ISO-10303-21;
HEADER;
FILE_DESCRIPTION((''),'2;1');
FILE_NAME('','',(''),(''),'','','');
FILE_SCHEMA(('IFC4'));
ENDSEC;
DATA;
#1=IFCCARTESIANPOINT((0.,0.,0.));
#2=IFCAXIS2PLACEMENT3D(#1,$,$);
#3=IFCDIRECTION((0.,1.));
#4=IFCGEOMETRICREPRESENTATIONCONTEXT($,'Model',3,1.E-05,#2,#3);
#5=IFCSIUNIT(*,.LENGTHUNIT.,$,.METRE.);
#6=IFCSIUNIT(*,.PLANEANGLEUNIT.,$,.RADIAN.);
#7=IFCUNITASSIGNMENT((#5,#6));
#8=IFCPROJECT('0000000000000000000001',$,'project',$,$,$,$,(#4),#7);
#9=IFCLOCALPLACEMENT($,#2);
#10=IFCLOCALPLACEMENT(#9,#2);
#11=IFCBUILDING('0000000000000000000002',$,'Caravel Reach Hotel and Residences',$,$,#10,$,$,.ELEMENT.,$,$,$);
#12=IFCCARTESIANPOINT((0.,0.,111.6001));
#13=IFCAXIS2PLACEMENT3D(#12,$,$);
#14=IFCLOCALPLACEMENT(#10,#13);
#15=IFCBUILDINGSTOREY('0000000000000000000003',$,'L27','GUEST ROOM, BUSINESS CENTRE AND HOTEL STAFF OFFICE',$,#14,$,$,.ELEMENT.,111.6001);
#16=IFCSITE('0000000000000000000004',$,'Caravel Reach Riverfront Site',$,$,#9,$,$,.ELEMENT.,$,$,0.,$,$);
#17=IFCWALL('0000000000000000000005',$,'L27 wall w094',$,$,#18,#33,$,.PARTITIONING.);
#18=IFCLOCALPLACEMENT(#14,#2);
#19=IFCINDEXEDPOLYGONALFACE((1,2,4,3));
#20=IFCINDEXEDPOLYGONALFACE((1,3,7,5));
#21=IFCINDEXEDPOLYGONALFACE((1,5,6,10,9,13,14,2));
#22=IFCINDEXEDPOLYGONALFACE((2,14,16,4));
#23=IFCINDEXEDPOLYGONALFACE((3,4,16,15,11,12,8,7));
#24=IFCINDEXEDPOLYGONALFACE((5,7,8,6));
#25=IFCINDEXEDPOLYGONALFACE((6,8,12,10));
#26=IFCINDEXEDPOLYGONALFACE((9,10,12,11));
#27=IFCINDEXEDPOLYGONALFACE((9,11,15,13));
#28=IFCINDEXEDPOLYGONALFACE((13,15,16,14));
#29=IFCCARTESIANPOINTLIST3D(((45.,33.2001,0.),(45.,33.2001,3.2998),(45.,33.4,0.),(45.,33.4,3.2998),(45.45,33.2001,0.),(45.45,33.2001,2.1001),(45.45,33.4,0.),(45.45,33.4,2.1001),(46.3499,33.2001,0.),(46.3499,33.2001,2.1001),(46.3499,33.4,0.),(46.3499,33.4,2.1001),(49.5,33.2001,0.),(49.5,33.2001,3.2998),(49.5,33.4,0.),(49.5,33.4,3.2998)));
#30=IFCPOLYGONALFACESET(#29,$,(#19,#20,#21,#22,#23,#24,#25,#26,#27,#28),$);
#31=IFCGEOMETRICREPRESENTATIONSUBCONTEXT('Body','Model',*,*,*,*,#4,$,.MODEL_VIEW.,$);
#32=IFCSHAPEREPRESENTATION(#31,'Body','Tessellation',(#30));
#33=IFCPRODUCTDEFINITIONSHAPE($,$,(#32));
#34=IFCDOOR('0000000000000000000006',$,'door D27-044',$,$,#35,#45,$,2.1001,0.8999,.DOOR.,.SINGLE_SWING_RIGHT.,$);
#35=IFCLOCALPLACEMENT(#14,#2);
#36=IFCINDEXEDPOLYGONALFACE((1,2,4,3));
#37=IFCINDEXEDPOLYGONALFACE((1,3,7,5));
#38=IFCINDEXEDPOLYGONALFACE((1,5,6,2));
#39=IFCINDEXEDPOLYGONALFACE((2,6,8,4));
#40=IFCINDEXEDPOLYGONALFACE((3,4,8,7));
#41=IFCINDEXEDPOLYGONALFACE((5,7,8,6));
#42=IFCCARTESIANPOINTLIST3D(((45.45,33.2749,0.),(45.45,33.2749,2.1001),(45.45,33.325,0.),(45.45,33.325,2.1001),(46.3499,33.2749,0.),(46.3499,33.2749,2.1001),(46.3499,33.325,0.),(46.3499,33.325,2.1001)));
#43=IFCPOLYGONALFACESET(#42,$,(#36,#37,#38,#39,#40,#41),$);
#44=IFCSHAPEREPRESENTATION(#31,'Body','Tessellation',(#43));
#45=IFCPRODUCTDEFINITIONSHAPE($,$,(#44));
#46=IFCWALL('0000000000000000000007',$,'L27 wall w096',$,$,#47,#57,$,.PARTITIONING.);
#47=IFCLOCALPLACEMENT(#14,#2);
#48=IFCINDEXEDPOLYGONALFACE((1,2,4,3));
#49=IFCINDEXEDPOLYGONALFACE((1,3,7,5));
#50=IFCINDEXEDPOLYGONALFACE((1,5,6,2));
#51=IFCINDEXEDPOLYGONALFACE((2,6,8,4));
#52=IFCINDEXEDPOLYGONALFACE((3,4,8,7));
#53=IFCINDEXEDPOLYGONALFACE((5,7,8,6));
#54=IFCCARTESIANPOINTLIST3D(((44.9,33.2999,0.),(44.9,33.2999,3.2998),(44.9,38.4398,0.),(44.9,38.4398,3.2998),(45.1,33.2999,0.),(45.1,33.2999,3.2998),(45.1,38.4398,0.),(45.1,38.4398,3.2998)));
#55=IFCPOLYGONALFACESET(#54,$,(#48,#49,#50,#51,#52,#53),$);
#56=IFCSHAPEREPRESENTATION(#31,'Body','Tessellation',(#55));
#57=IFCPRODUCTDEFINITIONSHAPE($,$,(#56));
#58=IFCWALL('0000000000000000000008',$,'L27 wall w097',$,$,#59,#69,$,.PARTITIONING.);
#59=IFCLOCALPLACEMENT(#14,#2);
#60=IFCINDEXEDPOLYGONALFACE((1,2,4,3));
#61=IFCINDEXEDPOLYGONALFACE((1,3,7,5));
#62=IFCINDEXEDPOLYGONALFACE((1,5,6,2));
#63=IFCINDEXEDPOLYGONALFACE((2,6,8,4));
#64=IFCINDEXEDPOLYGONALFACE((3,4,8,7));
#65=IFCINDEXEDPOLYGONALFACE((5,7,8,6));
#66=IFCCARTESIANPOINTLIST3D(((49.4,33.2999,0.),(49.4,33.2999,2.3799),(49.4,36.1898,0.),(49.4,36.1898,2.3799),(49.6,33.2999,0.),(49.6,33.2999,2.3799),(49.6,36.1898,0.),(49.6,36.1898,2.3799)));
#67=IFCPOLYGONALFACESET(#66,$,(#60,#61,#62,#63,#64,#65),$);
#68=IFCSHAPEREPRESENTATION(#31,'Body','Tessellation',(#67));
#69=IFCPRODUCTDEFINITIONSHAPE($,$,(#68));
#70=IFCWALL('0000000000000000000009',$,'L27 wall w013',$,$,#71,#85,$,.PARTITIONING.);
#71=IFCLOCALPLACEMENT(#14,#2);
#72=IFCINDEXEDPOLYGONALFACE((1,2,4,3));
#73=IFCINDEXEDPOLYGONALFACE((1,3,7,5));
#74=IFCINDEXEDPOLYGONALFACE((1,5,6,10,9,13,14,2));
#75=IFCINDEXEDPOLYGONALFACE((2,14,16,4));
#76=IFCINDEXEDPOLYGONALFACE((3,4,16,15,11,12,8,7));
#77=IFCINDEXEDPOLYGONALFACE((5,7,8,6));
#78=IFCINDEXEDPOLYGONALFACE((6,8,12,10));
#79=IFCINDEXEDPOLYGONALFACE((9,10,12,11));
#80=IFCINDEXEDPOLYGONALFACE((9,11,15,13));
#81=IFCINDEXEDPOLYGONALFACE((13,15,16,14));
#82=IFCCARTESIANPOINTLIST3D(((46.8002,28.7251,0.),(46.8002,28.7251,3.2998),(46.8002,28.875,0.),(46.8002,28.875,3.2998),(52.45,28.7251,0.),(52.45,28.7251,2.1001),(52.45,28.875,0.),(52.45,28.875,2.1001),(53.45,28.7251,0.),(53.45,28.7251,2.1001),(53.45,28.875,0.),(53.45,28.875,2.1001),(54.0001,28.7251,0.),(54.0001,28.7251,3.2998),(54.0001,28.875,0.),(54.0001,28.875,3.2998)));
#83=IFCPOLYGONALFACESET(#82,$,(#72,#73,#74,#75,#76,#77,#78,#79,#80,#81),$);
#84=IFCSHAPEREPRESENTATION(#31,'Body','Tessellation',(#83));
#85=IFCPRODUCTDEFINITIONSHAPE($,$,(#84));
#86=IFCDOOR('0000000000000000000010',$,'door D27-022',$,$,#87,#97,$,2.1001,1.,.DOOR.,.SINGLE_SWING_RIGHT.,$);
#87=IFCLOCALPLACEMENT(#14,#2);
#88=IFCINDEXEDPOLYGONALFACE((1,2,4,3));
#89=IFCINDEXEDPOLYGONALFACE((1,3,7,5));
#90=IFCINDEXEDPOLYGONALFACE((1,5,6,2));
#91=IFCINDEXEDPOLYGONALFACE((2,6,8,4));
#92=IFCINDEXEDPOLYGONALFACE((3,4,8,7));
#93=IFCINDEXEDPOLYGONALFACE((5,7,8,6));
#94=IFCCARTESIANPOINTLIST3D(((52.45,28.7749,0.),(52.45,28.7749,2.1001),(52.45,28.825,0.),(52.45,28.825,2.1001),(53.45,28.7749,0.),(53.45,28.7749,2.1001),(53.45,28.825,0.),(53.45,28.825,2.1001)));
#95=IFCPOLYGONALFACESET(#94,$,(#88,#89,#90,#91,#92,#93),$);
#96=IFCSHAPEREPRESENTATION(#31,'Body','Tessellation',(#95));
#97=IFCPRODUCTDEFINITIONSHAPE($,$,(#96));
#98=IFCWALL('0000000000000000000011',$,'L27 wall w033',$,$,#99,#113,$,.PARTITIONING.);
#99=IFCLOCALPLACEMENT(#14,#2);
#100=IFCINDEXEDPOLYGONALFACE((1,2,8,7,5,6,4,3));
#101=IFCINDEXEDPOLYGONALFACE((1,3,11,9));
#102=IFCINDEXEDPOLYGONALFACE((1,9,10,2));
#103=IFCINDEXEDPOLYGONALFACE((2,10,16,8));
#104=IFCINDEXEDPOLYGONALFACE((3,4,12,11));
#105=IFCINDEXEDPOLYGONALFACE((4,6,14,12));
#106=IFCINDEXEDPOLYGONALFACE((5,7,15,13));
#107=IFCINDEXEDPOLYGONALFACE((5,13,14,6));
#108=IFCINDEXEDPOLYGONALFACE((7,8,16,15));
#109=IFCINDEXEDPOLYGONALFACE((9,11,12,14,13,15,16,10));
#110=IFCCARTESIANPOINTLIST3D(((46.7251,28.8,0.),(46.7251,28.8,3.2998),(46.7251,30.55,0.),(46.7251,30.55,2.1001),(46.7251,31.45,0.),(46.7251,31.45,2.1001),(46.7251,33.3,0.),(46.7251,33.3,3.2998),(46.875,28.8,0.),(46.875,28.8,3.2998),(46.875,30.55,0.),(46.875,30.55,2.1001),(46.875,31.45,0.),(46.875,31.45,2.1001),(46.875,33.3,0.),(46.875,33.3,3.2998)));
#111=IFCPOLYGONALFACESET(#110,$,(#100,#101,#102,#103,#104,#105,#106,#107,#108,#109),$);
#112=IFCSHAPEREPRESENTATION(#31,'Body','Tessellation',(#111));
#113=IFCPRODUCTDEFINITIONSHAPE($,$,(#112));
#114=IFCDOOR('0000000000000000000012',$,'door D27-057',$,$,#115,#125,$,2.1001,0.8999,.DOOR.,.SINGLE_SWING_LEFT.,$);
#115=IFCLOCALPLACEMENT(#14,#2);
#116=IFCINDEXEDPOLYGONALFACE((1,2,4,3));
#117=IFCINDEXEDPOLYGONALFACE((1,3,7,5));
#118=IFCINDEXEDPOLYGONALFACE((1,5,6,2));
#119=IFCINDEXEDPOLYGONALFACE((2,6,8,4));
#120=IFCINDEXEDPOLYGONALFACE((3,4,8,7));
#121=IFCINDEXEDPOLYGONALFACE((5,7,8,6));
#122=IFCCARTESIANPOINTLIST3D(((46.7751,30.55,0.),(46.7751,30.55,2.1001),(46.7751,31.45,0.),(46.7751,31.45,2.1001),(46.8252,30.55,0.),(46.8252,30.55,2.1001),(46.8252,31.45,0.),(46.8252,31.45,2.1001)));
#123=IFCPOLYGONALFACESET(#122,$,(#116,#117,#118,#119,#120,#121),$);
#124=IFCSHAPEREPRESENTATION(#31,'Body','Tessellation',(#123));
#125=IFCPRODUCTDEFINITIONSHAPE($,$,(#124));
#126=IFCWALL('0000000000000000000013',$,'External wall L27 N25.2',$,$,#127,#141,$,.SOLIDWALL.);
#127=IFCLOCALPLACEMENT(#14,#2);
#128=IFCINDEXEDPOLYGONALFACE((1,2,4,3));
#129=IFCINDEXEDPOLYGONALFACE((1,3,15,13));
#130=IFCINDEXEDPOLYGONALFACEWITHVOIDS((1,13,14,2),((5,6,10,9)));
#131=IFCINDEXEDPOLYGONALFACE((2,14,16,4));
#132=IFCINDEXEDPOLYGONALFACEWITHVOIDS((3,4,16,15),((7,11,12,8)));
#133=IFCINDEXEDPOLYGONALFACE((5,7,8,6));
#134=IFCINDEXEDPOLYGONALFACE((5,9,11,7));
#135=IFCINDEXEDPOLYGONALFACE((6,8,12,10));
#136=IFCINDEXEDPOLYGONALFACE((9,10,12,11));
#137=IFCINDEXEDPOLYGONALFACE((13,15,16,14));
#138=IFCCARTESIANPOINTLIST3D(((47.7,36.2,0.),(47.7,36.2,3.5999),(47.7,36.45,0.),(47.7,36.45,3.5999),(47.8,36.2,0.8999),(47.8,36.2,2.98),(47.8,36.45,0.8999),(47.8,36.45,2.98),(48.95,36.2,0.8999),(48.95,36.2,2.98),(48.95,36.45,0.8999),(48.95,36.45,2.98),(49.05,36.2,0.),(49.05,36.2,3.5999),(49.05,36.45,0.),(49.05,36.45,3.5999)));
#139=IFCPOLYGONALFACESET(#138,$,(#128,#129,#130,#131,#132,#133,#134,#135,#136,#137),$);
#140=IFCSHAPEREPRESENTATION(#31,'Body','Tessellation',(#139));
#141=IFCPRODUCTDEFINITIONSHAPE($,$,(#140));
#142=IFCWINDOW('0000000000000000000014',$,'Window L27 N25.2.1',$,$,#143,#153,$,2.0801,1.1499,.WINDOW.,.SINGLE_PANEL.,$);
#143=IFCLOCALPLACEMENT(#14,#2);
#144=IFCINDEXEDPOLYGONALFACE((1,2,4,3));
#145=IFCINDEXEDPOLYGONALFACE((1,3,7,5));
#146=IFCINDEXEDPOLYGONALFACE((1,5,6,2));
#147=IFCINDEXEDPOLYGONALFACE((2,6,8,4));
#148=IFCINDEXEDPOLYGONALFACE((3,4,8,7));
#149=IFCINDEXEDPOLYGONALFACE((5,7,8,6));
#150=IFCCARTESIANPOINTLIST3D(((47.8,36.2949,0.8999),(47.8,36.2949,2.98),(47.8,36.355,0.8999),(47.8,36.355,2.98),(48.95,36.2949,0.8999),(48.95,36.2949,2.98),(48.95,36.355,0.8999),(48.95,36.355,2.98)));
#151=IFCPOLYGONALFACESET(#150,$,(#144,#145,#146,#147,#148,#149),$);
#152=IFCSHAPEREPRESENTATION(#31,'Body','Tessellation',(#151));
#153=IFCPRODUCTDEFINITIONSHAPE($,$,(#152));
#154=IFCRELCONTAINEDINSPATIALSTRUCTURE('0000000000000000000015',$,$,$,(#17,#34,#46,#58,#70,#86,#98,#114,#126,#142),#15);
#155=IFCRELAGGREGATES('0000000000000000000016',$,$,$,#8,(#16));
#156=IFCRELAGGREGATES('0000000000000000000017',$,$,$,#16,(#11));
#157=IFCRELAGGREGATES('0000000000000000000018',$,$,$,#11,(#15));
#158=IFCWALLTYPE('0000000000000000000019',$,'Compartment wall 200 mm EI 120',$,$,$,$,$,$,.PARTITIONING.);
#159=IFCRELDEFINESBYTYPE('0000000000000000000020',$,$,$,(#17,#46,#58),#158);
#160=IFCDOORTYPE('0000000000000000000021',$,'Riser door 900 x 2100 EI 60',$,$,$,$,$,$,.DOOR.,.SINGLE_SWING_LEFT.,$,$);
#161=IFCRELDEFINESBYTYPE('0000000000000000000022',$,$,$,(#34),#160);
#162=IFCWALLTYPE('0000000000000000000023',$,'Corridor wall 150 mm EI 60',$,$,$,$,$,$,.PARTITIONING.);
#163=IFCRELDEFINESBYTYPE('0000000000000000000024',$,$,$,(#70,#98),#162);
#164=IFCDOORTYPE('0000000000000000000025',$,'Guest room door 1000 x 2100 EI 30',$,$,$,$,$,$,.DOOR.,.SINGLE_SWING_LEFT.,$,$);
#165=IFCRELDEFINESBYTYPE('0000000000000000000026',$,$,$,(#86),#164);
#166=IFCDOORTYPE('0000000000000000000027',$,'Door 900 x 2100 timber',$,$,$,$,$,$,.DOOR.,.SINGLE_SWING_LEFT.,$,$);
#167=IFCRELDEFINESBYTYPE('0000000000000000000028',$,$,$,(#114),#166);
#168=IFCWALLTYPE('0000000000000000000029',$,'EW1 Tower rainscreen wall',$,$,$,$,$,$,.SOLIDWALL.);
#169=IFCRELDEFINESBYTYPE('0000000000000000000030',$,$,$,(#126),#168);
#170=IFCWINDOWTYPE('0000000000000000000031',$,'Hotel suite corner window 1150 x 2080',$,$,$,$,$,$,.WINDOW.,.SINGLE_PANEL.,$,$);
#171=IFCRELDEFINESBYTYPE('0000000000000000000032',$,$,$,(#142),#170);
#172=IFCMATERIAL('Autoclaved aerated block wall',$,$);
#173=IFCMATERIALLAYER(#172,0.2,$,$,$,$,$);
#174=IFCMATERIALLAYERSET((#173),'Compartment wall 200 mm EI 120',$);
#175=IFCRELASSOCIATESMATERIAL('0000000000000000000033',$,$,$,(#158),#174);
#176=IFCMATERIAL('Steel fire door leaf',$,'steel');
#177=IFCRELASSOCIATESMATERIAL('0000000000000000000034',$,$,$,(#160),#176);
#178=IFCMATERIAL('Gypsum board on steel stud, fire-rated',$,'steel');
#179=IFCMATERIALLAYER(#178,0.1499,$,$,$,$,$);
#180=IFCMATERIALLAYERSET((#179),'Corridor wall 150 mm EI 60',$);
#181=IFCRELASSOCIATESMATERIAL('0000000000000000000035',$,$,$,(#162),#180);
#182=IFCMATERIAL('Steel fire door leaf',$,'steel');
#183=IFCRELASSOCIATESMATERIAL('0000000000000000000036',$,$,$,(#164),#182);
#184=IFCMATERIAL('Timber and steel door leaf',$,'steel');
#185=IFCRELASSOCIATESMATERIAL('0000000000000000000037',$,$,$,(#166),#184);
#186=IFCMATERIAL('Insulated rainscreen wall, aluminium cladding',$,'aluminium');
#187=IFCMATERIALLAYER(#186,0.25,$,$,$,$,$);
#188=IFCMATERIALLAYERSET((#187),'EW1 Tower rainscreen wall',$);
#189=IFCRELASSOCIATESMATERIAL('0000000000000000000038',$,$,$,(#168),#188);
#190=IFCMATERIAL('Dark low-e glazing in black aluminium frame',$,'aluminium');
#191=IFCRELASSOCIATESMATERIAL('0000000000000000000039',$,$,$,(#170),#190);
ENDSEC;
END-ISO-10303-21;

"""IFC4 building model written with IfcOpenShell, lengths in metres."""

from ifc_helpers import new_model, si_unit, direction, frame, frame_2d, origin, place, context, subcontext, project, spatial, rectangle, extrude, material, layer, layer_set, type_object, element, fill, save


model = new_model("IFC4")

# Units and contexts
model_context = context("Model", 3, precision=1e-05, world=origin(), true_north=direction((0.0, 1.0)))
body_context = subcontext(model_context, "Body", "Model", "MODEL_VIEW")
ifc_project = project(units=[si_unit("LENGTHUNIT", "METRE"), si_unit("PLANEANGLEUNIT", "RADIAN")], contexts=[model_context])

# Site, building, storey
site_placement = place(None, origin())
site = spatial("IfcSite", under=ifc_project, at=site_placement, Name="Caravel Reach Riverfront Site", CompositionType="ELEMENT", RefElevation=0.0)
building_placement = place(site_placement, origin())
building = spatial("IfcBuilding", under=site, at=building_placement, Name="Caravel Reach Hotel and Residences", CompositionType="ELEMENT")
storey_placement = place(building_placement, frame((0.0, 0.0, 111.6001)))
storey = spatial("IfcBuildingStorey", under=building, at=storey_placement, Name="L27", Description="GUEST ROOM, BUSINESS CENTRE AND HOTEL STAFF OFFICE", CompositionType="ELEMENT", Elevation=111.6001)

# Wall, opening, door
ifc_material_1 = material(Name="Autoclaved aerated block wall")
ifc_layer_1 = layer(ifc_material_1, 0.2)
ifc_layer_set_1 = layer_set([ifc_layer_1], Name="Compartment wall 200 mm EI 120")
wall_type_1 = type_object("IfcWallType", Name="Compartment wall 200 mm EI 120", PredefinedType="PARTITIONING", material=ifc_layer_set_1)
wall_1_placement = place(storey_placement, frame((45.0, 33.3, 0.0), z_axis=(0.0, 0.0, 1.0), x_axis=(1.0, 0.0, 0.0)))
wall_1 = element("IfcWall", 1, at=wall_1_placement, inside=storey, type_object=wall_type_1, Name="L27 wall w094", PredefinedType="PARTITIONING", context=body_context, shape_type="SweptSolid", body=[
    extrude(rectangle(XDim=4.5, YDim=0.2, at=frame_2d((2.25, 0.0))), origin(), (0.0, 0.0, 1.0), 3.2998),
])
opening_1_placement = place(wall_1_placement, frame((0.45, 0.0, 0.0)))
opening_1 = element("IfcOpeningElement", 2, at=opening_1_placement, cuts=wall_1, PredefinedType="OPENING", context=body_context, shape_type="SweptSolid", body=[
    extrude(rectangle(XDim=0.8999, YDim=2.1001, at=frame_2d((0.45, 1.05))), frame((0.0, 0.1099, 0.0), z_axis=(0.0, -1.0, 0.0), x_axis=(1.0, 0.0, 0.0)), (0.0, 0.0, 1.0), 0.22),
])
ifc_material_2 = material(Name="Steel fire door leaf", Category="steel")
door_type_1 = type_object("IfcDoorType", Name="Riser door 900 x 2100 EI 60", OperationType="SINGLE_SWING_LEFT", PredefinedType="DOOR", material=ifc_material_2)
door_1_placement = place(opening_1_placement, origin())
door_1 = element("IfcDoor", 3, at=door_1_placement, inside=storey, type_object=door_type_1, Name="door D27-044", OperationType="SINGLE_SWING_RIGHT", OverallHeight=2.1001, OverallWidth=0.8999, PredefinedType="DOOR", context=body_context, shape_type="SweptSolid", body=[
    extrude(rectangle(XDim=0.8999, YDim=2.1001, at=frame_2d((0.45, 1.05))), frame((0.0, 0.0249, 0.0), z_axis=(0.0, -1.0, 0.0), x_axis=(1.0, 0.0, 0.0)), (0.0, 0.0, 1.0), 0.05),
])
fill(opening_1, door_1)

# Walls
wall_2_placement = place(storey_placement, frame((45.0, 33.3, 0.0), z_axis=(0.0, 0.0, 1.0), x_axis=(0.0, 1.0, 0.0)))
element("IfcWall", 4, at=wall_2_placement, inside=storey, type_object=wall_type_1, Name="L27 wall w096", PredefinedType="PARTITIONING", context=body_context, shape_type="SweptSolid", body=[
    extrude(rectangle(XDim=5.1399, YDim=0.2, at=frame_2d((2.5698, 0.0))), origin(), (0.0, 0.0, 1.0), 3.2998),
])
wall_3_placement = place(storey_placement, frame((49.5, 33.3, 0.0), z_axis=(0.0, 0.0, 1.0), x_axis=(0.0, 1.0, 0.0)))
element("IfcWall", 5, at=wall_3_placement, inside=storey, type_object=wall_type_1, Name="L27 wall w097", PredefinedType="PARTITIONING", context=body_context, shape_type="SweptSolid", body=[
    extrude(rectangle(XDim=2.8899, YDim=0.2, at=frame_2d((1.4448, 0.0))), origin(), (0.0, 0.0, 1.0), 2.3799),
])

# Walls, openings, doors
ifc_material_3 = material(Name="Gypsum board on steel stud, fire-rated", Category="steel")
ifc_layer_2 = layer(ifc_material_3, 0.1499)
ifc_layer_set_2 = layer_set([ifc_layer_2], Name="Corridor wall 150 mm EI 60")
wall_type_2 = type_object("IfcWallType", Name="Corridor wall 150 mm EI 60", PredefinedType="PARTITIONING", material=ifc_layer_set_2)
wall_4_placement = place(storey_placement, frame((46.8, 28.8, 0.0), z_axis=(0.0, 0.0, 1.0), x_axis=(1.0, 0.0, 0.0)))
wall_4 = element("IfcWall", 6, at=wall_4_placement, inside=storey, type_object=wall_type_2, Name="L27 wall w013", PredefinedType="PARTITIONING", context=body_context, shape_type="SweptSolid", body=[
    extrude(rectangle(XDim=7.2, YDim=0.1499, at=frame_2d((3.6001, 0.0))), origin(), (0.0, 0.0, 1.0), 3.2998),
])
opening_2_placement = place(wall_4_placement, frame((5.6499, 0.0, 0.0)))
opening_2 = element("IfcOpeningElement", 7, at=opening_2_placement, cuts=wall_4, PredefinedType="OPENING", context=body_context, shape_type="SweptSolid", body=[
    extrude(rectangle(XDim=1.0, YDim=2.1001, at=frame_2d((0.5, 1.05))), frame((0.0, 0.085, 0.0), z_axis=(0.0, -1.0, 0.0), x_axis=(1.0, 0.0, 0.0)), (0.0, 0.0, 1.0), 0.1699),
])
ifc_material_4 = material(Name="Steel fire door leaf", Category="steel")
door_type_2 = type_object("IfcDoorType", Name="Guest room door 1000 x 2100 EI 30", OperationType="SINGLE_SWING_LEFT", PredefinedType="DOOR", material=ifc_material_4)
door_2_placement = place(opening_2_placement, origin())
door_2 = element("IfcDoor", 8, at=door_2_placement, inside=storey, type_object=door_type_2, Name="door D27-022", OperationType="SINGLE_SWING_RIGHT", OverallHeight=2.1001, OverallWidth=1.0, PredefinedType="DOOR", context=body_context, shape_type="SweptSolid", body=[
    extrude(rectangle(XDim=1.0, YDim=2.1001, at=frame_2d((0.5, 1.05))), frame((0.0, 0.0249, 0.0), z_axis=(0.0, -1.0, 0.0), x_axis=(1.0, 0.0, 0.0)), (0.0, 0.0, 1.0), 0.05),
])
fill(opening_2, door_2)
wall_5_placement = place(storey_placement, frame((46.8, 28.8, 0.0), z_axis=(0.0, 0.0, 1.0), x_axis=(0.0, 1.0, 0.0)))
wall_5 = element("IfcWall", 9, at=wall_5_placement, inside=storey, type_object=wall_type_2, Name="L27 wall w033", PredefinedType="PARTITIONING", context=body_context, shape_type="SweptSolid", body=[
    extrude(rectangle(XDim=4.5, YDim=0.1499, at=frame_2d((2.25, 0.0))), origin(), (0.0, 0.0, 1.0), 3.2998),
])
opening_3_placement = place(wall_5_placement, frame((1.75, 0.0, 0.0)))
opening_3 = element("IfcOpeningElement", 10, at=opening_3_placement, cuts=wall_5, PredefinedType="OPENING", context=body_context, shape_type="SweptSolid", body=[
    extrude(rectangle(XDim=0.8999, YDim=2.1001, at=frame_2d((0.45, 1.05))), frame((0.0, 0.085, 0.0), z_axis=(0.0, -1.0, 0.0), x_axis=(1.0, 0.0, 0.0)), (0.0, 0.0, 1.0), 0.1699),
])
ifc_material_5 = material(Name="Timber and steel door leaf", Category="steel")
door_type_3 = type_object("IfcDoorType", Name="Door 900 x 2100 timber", OperationType="SINGLE_SWING_LEFT", PredefinedType="DOOR", material=ifc_material_5)
door_3_placement = place(opening_3_placement, origin())
door_3 = element("IfcDoor", 11, at=door_3_placement, inside=storey, type_object=door_type_3, Name="door D27-057", OperationType="SINGLE_SWING_LEFT", OverallHeight=2.1001, OverallWidth=0.8999, PredefinedType="DOOR", context=body_context, shape_type="SweptSolid", body=[
    extrude(rectangle(XDim=0.8999, YDim=2.1001, at=frame_2d((0.45, 1.05))), frame((0.0, 0.0249, 0.0), z_axis=(0.0, -1.0, 0.0), x_axis=(1.0, 0.0, 0.0)), (0.0, 0.0, 1.0), 0.05),
])
fill(opening_3, door_3)

# Wall, opening, window
ifc_material_6 = material(Name="Insulated rainscreen wall, aluminium cladding", Category="aluminium")
ifc_layer_3 = layer(ifc_material_6, 0.25)
ifc_layer_set_3 = layer_set([ifc_layer_3], Name="EW1 Tower rainscreen wall")
wall_type_3 = type_object("IfcWallType", Name="EW1 Tower rainscreen wall", PredefinedType="SOLIDWALL", material=ifc_layer_set_3)
wall_6_placement = place(storey_placement, frame((49.05, 36.325, 0.0), z_axis=(0.0, 0.0, 1.0), x_axis=(-1.0, 0.0, 0.0)))
wall_6 = element("IfcWall", 12, at=wall_6_placement, inside=storey, type_object=wall_type_3, Name="External wall L27 N25.2", PredefinedType="SOLIDWALL", context=body_context, shape_type="SweptSolid", body=[
    extrude(rectangle(XDim=1.3501, YDim=0.25, at=frame_2d((0.675, 0.0))), origin(), (0.0, 0.0, 1.0), 3.5999),
])
opening_4_placement = place(wall_6_placement, frame((0.1001, 0.0, 0.8999)))
opening_4 = element("IfcOpeningElement", 13, at=opening_4_placement, cuts=wall_6, PredefinedType="OPENING", context=body_context, shape_type="SweptSolid", body=[
    extrude(rectangle(XDim=1.1499, YDim=2.0801, at=frame_2d((0.575, 1.04))), frame((0.0, 0.135, 0.0), z_axis=(0.0, -1.0, 0.0), x_axis=(1.0, 0.0, 0.0)), (0.0, 0.0, 1.0), 0.27),
])
ifc_material_7 = material(Name="Dark low-e glazing in black aluminium frame", Category="aluminium")
window_type = type_object("IfcWindowType", Name="Hotel suite corner window 1150 x 2080", PartitioningType="SINGLE_PANEL", PredefinedType="WINDOW", material=ifc_material_7)
window_1_placement = place(opening_4_placement, origin())
window_1 = element("IfcWindow", 14, at=window_1_placement, inside=storey, type_object=window_type, Name="Window L27 N25.2.1", OverallHeight=2.0801, OverallWidth=1.1499, PartitioningType="SINGLE_PANEL", PredefinedType="WINDOW", context=body_context, shape_type="SweptSolid", body=[
    extrude(rectangle(XDim=1.1499, YDim=2.0801, at=frame_2d((0.575, 1.04))), frame((0.0, 0.03, 0.0), z_axis=(0.0, -1.0, 0.0), x_axis=(1.0, 0.0, 0.0)), (0.0, 0.0, 1.0), 0.0601),
])
fill(opening_4, window_1)

save(model, "model.ifc")
